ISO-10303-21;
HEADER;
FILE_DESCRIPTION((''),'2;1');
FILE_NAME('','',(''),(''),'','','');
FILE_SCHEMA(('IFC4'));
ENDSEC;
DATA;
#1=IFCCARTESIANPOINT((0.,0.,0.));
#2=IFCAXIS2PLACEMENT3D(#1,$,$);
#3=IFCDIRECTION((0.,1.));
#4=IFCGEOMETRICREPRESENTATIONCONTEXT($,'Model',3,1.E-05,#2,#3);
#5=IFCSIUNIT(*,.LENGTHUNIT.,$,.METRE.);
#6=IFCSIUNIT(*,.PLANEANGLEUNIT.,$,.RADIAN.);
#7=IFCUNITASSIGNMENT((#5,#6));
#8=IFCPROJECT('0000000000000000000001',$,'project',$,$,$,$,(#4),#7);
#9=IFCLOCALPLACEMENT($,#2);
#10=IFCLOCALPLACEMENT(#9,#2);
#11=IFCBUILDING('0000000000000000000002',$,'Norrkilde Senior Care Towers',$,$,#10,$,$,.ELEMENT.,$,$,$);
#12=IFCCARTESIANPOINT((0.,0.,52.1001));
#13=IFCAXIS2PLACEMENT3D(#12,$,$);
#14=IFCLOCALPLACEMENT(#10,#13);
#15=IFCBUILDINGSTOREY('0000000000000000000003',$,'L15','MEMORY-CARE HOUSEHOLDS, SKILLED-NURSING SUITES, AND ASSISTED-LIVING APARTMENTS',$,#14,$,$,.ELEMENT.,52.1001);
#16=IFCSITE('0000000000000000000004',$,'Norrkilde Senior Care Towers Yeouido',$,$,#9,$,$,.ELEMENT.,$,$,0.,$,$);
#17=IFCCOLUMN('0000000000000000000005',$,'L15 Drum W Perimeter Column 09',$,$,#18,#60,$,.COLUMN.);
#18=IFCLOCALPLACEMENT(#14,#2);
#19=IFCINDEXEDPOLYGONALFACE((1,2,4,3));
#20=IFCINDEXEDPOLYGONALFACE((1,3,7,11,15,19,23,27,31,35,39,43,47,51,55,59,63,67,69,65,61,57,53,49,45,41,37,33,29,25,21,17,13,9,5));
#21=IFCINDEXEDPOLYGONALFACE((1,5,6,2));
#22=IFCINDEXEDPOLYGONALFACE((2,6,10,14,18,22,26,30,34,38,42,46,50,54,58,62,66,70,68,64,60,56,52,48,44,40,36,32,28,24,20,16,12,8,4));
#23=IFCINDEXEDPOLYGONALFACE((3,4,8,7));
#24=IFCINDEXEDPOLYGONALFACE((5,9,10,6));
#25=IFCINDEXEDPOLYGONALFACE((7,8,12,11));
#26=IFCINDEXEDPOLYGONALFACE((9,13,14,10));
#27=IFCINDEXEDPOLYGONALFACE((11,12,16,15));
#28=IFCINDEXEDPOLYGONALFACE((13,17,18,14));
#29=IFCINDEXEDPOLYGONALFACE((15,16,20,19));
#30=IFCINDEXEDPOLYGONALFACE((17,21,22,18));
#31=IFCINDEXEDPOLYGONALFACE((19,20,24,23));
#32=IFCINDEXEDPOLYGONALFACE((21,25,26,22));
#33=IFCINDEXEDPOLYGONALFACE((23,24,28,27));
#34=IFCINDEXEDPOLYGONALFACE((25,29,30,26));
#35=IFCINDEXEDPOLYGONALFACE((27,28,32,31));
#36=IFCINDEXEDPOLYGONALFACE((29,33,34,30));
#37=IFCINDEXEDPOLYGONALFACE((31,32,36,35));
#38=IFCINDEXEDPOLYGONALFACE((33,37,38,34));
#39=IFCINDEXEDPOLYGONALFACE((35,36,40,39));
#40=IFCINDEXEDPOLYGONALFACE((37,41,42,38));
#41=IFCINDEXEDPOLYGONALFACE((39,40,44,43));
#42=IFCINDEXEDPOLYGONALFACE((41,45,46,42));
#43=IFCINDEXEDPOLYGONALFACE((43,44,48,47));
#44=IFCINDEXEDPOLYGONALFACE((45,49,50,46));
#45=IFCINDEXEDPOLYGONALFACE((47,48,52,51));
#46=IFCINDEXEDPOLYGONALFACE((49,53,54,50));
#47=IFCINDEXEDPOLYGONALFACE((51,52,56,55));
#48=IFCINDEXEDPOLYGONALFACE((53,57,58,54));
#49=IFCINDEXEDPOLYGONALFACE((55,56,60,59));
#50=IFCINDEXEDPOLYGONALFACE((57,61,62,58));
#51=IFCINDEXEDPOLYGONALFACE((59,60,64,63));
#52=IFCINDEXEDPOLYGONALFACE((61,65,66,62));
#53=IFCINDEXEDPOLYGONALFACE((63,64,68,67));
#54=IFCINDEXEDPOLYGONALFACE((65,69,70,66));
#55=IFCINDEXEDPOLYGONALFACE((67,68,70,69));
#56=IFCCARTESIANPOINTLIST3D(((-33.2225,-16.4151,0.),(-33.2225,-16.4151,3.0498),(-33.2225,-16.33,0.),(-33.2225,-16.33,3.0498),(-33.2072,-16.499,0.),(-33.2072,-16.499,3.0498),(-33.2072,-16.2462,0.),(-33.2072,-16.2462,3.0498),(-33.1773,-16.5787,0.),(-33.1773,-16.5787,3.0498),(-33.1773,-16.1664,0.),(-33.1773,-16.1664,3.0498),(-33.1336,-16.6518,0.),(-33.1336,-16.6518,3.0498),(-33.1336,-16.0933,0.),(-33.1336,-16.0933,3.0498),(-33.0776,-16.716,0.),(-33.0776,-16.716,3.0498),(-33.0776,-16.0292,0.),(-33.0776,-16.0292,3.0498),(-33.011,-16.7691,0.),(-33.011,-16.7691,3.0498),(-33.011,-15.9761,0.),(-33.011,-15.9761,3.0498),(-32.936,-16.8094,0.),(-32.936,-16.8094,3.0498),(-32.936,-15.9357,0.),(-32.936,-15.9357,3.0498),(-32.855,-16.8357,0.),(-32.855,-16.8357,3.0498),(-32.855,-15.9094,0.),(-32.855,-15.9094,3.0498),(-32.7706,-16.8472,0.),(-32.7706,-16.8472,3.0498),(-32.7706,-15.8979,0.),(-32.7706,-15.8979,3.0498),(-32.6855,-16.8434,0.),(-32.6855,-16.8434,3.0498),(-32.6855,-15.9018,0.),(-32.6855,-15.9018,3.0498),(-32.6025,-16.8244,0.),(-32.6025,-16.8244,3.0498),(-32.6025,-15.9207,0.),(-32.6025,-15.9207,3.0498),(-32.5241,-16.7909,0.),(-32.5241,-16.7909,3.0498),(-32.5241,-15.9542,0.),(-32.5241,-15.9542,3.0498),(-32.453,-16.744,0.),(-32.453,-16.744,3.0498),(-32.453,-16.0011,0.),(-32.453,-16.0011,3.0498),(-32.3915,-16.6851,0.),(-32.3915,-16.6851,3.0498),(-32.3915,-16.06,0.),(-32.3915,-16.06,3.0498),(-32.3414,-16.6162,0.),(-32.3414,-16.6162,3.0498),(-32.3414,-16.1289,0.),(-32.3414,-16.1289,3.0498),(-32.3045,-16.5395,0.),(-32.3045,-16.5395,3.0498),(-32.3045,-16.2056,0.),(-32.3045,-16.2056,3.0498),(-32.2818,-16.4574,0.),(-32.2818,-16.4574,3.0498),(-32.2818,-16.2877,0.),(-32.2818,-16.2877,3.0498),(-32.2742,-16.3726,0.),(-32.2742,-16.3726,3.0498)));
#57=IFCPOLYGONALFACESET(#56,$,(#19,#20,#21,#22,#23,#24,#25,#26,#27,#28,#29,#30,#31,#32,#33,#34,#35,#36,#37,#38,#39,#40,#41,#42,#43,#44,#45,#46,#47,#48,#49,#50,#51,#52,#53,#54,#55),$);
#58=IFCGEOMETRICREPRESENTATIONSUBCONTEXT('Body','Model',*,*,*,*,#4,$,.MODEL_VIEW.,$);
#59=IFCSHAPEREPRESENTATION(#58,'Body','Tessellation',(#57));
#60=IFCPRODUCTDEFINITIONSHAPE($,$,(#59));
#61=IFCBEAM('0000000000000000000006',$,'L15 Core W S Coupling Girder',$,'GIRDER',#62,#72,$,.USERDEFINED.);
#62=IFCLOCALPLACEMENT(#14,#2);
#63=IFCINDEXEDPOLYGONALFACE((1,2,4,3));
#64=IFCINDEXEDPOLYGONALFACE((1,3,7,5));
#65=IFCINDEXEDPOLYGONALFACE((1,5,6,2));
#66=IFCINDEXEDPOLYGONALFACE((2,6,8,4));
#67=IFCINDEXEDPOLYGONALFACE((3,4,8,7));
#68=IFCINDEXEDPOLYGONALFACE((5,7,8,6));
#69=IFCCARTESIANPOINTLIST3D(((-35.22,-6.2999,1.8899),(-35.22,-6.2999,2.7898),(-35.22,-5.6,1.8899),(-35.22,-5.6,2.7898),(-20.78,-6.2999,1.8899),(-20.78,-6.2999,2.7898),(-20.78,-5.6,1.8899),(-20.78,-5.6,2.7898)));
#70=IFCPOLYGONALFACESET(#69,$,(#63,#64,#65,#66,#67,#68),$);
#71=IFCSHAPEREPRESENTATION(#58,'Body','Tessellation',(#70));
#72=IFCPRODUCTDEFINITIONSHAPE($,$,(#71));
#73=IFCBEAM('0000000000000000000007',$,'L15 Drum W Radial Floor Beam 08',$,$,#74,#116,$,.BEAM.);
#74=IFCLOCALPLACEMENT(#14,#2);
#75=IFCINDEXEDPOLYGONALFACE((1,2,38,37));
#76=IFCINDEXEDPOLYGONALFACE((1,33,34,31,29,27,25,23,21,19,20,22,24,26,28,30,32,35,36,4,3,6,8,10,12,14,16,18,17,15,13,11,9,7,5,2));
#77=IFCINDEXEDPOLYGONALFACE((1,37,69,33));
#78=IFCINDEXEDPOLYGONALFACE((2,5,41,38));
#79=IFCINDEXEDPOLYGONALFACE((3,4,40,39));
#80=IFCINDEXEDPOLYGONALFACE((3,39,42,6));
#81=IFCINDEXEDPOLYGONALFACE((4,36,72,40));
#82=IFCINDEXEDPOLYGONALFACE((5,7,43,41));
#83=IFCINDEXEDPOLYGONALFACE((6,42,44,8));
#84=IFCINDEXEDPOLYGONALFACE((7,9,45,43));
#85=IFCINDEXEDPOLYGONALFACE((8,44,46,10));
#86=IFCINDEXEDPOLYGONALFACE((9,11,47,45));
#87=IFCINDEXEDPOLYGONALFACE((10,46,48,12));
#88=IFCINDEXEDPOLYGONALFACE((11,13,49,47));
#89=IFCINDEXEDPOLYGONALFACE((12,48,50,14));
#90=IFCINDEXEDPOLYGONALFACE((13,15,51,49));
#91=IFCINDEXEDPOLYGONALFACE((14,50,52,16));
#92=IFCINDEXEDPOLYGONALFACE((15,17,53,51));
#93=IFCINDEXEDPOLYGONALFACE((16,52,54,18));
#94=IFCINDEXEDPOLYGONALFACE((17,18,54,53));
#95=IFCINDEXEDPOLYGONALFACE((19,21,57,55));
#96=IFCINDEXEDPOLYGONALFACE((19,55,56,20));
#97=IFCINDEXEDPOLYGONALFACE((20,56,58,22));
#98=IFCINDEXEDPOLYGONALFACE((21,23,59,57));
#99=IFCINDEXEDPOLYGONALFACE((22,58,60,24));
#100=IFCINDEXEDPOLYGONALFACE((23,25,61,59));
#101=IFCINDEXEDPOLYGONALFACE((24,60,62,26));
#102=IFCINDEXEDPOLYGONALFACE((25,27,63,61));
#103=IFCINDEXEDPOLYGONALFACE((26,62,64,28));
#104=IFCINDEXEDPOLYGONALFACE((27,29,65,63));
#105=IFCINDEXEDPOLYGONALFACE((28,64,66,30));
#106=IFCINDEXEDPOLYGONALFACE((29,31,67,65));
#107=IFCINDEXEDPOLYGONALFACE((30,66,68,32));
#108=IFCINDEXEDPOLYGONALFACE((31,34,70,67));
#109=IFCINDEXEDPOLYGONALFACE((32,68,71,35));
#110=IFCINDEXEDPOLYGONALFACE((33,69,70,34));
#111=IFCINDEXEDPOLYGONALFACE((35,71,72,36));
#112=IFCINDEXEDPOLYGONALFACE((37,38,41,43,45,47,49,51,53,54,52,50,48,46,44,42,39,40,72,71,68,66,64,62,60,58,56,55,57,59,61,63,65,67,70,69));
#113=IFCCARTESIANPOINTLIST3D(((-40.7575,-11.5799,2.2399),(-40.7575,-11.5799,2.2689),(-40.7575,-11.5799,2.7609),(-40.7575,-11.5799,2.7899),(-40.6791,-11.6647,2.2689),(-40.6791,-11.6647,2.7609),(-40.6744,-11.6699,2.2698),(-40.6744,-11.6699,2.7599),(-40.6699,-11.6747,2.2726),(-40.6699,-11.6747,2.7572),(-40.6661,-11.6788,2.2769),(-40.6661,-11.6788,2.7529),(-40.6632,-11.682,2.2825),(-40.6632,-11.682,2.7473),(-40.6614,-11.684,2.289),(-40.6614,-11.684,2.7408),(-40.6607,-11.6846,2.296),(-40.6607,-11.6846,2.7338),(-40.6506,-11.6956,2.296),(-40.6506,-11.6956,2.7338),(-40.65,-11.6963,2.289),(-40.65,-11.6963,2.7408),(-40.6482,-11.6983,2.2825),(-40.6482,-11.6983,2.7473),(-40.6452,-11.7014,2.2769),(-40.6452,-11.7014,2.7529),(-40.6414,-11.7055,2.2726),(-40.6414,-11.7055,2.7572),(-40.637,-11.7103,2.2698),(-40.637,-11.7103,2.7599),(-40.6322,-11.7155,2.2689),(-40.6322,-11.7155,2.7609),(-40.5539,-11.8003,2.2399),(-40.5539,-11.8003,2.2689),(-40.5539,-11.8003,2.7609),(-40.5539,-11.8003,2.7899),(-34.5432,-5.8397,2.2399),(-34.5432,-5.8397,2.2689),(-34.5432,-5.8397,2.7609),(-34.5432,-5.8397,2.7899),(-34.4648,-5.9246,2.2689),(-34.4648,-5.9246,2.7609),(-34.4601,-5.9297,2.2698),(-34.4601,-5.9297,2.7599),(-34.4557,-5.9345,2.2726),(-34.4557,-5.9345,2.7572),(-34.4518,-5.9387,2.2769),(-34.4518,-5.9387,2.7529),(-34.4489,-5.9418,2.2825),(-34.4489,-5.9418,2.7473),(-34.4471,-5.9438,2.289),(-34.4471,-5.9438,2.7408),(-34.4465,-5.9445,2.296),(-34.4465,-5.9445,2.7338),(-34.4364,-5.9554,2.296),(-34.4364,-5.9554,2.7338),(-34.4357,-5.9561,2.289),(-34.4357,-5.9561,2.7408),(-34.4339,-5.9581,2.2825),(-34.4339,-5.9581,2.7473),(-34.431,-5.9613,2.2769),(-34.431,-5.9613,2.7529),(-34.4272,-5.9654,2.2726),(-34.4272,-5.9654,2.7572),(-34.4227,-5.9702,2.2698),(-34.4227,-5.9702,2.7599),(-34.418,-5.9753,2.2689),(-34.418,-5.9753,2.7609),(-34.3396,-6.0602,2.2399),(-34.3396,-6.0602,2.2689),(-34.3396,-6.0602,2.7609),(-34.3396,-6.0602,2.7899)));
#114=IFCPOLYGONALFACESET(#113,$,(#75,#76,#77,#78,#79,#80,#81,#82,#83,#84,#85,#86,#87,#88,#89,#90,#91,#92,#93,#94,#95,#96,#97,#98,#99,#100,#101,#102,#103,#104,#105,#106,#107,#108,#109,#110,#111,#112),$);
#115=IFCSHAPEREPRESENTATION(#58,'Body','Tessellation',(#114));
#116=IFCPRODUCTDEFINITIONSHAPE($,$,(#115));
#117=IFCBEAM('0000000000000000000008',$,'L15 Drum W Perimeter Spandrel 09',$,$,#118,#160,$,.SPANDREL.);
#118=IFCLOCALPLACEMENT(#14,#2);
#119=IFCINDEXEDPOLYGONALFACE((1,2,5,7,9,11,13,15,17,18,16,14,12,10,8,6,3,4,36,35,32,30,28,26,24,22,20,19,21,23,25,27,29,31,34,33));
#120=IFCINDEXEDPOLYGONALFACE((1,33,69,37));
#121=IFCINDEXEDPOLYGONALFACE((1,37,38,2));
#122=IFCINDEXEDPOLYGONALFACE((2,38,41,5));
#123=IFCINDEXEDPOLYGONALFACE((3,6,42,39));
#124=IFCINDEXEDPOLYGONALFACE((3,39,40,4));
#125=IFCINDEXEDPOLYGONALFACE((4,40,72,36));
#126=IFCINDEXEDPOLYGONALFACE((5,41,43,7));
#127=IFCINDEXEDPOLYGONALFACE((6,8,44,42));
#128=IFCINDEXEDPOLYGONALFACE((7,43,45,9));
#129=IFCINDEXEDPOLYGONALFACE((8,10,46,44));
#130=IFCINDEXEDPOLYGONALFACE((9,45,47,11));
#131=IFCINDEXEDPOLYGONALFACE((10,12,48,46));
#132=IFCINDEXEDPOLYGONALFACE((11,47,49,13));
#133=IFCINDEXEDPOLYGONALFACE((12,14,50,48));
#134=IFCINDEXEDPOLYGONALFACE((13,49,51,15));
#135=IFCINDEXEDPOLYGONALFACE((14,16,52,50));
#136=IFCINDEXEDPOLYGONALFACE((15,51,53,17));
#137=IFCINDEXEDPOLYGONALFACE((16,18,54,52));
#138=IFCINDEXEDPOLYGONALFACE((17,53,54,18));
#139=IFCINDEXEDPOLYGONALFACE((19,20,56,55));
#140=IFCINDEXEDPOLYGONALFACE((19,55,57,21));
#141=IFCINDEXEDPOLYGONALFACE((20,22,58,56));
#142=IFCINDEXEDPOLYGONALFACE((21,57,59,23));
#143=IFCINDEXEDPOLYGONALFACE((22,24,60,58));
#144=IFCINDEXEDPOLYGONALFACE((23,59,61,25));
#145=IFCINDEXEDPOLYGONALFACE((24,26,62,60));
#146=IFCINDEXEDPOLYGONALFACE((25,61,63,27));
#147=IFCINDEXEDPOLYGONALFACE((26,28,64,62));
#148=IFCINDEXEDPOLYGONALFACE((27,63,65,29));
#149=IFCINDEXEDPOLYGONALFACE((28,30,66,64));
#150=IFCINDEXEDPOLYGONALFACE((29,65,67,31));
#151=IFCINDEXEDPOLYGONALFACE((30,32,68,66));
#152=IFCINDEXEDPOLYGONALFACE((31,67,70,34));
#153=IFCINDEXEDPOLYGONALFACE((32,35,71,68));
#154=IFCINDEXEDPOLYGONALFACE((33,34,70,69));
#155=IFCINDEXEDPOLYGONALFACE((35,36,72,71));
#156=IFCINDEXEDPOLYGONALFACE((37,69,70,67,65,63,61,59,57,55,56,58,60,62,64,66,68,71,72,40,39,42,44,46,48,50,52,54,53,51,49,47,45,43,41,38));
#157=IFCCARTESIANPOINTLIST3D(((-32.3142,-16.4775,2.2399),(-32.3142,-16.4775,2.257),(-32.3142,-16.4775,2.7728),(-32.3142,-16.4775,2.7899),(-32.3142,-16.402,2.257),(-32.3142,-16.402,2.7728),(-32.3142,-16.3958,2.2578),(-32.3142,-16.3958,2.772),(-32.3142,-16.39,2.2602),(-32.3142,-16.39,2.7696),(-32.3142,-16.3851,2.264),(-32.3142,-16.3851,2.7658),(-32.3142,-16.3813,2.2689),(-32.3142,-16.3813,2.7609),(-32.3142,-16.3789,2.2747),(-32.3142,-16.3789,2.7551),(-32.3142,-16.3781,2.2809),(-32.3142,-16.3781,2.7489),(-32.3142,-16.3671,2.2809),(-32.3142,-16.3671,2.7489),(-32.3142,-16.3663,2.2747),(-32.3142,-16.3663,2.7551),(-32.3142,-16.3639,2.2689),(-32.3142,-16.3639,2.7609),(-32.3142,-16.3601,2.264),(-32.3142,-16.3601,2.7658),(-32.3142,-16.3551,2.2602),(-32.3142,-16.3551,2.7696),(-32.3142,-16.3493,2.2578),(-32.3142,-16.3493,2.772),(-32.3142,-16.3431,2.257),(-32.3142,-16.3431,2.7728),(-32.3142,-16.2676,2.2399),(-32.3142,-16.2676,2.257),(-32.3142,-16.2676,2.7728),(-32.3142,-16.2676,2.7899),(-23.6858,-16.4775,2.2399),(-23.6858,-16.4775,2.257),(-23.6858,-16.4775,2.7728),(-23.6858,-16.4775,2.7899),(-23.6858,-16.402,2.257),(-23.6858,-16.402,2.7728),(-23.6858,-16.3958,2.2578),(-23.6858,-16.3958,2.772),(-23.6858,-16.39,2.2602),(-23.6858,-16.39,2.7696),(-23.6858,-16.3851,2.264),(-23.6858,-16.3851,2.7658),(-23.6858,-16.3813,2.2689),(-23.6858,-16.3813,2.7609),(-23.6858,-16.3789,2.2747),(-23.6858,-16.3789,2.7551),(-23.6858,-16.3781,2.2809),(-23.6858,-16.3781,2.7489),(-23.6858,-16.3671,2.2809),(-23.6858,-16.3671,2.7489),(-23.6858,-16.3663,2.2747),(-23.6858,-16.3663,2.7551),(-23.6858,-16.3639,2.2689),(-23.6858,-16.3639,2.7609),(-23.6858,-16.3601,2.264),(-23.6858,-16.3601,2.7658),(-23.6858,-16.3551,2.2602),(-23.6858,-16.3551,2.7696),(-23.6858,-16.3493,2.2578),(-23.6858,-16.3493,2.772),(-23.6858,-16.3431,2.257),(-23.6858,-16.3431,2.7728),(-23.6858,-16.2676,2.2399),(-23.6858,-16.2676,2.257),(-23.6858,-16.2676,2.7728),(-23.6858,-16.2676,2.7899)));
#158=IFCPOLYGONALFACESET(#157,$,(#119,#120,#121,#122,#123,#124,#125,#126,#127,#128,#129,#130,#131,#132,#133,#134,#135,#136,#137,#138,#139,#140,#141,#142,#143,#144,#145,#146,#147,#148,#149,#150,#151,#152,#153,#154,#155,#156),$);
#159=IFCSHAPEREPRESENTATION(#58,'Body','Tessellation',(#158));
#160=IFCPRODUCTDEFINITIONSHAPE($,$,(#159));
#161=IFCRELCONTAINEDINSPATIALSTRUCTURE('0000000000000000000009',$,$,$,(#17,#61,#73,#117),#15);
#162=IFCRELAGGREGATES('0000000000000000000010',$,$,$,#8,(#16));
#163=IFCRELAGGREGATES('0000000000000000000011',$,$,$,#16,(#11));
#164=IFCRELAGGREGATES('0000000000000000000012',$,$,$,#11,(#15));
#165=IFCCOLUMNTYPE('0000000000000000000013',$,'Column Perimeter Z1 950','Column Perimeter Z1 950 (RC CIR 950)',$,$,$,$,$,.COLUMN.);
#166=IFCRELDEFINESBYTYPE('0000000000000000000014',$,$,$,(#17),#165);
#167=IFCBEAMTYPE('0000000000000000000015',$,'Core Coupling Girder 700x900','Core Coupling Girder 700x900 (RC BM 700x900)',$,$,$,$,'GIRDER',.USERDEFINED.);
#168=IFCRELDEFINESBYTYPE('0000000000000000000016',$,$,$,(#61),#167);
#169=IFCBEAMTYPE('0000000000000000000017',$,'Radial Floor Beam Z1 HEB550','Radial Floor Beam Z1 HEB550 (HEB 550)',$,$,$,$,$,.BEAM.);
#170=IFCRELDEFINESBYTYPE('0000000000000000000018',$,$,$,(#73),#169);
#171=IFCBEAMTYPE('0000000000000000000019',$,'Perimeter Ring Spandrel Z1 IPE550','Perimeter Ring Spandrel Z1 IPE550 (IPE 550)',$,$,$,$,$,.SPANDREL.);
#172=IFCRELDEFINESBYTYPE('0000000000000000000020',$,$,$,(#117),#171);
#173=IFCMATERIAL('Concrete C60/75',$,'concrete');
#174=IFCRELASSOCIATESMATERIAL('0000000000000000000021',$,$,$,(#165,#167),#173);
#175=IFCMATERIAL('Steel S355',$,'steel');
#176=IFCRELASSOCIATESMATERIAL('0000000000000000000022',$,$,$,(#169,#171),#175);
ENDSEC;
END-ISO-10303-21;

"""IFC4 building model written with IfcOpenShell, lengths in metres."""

from ifc_helpers import new_model, si_unit, direction, frame, origin, origin_2d, place, context, subcontext, project, spatial, rectangle, circle, i_section, extrude, source, transform, mapped, material, material_profile, profile_set, type_object, type_shapes, element, save


model = new_model("IFC4")

# Units and contexts
model_context = context("Model", 3, precision=1e-05, world=origin(), true_north=direction((0.0, 1.0)))
body_context = subcontext(model_context, "Body", "Model", "MODEL_VIEW")
ifc_project = project(units=[si_unit("LENGTHUNIT", "METRE"), si_unit("PLANEANGLEUNIT", "RADIAN")], contexts=[model_context])

# Site, building, storey
site_placement = place(None, origin())
site = spatial("IfcSite", under=ifc_project, at=site_placement, Name="Norrkilde Senior Care Towers Yeouido", CompositionType="ELEMENT", RefElevation=0.0)
building_placement = place(site_placement, origin())
building = spatial("IfcBuilding", under=site, at=building_placement, Name="Norrkilde Senior Care Towers", CompositionType="ELEMENT")
storey_placement = place(building_placement, frame((0.0, 0.0, 52.1001)))
storey = spatial("IfcBuildingStorey", under=building, at=storey_placement, Name="L15", Description="MEMORY-CARE HOUSEHOLDS, SKILLED-NURSING SUITES, AND ASSISTED-LIVING APARTMENTS", CompositionType="ELEMENT", Elevation=52.1001)

# Column
ifc_material_1 = material(Name="Concrete C60/75", Category="concrete")
ifc_material_profile_1 = material_profile(ifc_material_1, circle(Radius=0.4751, at=origin_2d()), Name="RC CIR 950")
ifc_profile_set_1 = profile_set([ifc_material_profile_1], Name="Concrete C60/75")
column_type = type_object("IfcColumnType", Name="Column Perimeter Z1 950", Description="Column Perimeter Z1 950 (RC CIR 950)", PredefinedType="COLUMN", material=ifc_profile_set_1)
shared_shape_1 = source(origin(), body_context, "Body", "SweptSolid", [
    extrude(circle(Radius=0.4751, at=origin_2d()), origin(), (0.0, 0.0, 1.0), 3.0498),
])
type_shapes(column_type, [shared_shape_1])
column_placement = place(storey_placement, frame((-32.7493, -16.3726, 0.0), z_axis=(0.0, 0.0, 1.0), x_axis=(1.0, 0.0, 0.0)))
element("IfcColumn", 1, at=column_placement, inside=storey, type_object=column_type, Name="L15 Drum W Perimeter Column 09", PredefinedType="COLUMN", context=body_context, shape_type="MappedRepresentation", body=[
    mapped(shared_shape_1, transform((0.0, 0.0, 0.0), x_axis=(1.0, 0.0, 0.0), y_axis=(0.0, 1.0, 0.0), z_axis=(0.0, 0.0, 1.0), scale=1.0)),
])

# Beams
ifc_material_profile_2 = material_profile(ifc_material_1, rectangle(XDim=0.7, YDim=0.8999, at=origin_2d()), Name="RC BM 700x900")
ifc_profile_set_2 = profile_set([ifc_material_profile_2], Name="Concrete C60/75")
beam_type_1 = type_object("IfcBeamType", Name="Core Coupling Girder 700x900", Description="Core Coupling Girder 700x900 (RC BM 700x900)", ElementType="GIRDER", PredefinedType="USERDEFINED", material=ifc_profile_set_2)
shared_shape_2 = source(origin(), body_context, "Body", "SweptSolid", [
    extrude(rectangle(XDim=0.7, YDim=0.8999, at=origin_2d()), origin(), (0.0, 0.0, 1.0), 14.4399),
])
type_shapes(beam_type_1, [shared_shape_2])
beam_1_placement = place(storey_placement, frame((-35.22, -5.95, 2.3398), z_axis=(1.0, 0.0, 0.0), x_axis=(0.0, 1.0, 0.0)))
element("IfcBeam", 2, at=beam_1_placement, inside=storey, type_object=beam_type_1, Name="L15 Core W S Coupling Girder", ObjectType="GIRDER", PredefinedType="USERDEFINED", context=body_context, shape_type="MappedRepresentation", body=[
    mapped(shared_shape_2, transform((0.0, 0.0, 0.0), x_axis=(1.0, 0.0, 0.0), y_axis=(0.0, 1.0, 0.0), z_axis=(0.0, 0.0, 1.0), scale=1.0)),
])
ifc_material_2 = material(Name="Steel S355", Category="steel")
ifc_material_profile_3 = material_profile(ifc_material_2, i_section(OverallWidth=0.3, OverallDepth=0.55, WebThickness=0.0149, FlangeThickness=0.0291, FilletRadius=0.0271, at=origin_2d()), Name="HEB 550")
ifc_profile_set_3 = profile_set([ifc_material_profile_3], Name="Steel S355")
beam_type_2 = type_object("IfcBeamType", Name="Radial Floor Beam Z1 HEB550", Description="Radial Floor Beam Z1 HEB550 (HEB 550)", PredefinedType="BEAM", material=ifc_profile_set_3)
shared_shape_3 = source(origin(), body_context, "Body", "SweptSolid", [
    extrude(i_section(OverallWidth=0.3, OverallDepth=0.55, WebThickness=0.0149, FlangeThickness=0.0291, FilletRadius=0.0271, at=origin_2d()), origin(), (0.0, 0.0, 1.0), 8.4597),
])
beam_2_placement = place(storey_placement, frame((-34.4414, -5.95, 2.5149), z_axis=(-0.734573, -0.678529, 0.0), x_axis=(0.678529, -0.734573, 0.0)))
element("IfcBeam", 3, at=beam_2_placement, inside=storey, type_object=beam_type_2, Name="L15 Drum W Radial Floor Beam 08", PredefinedType="BEAM", context=body_context, shape_type="MappedRepresentation", body=[
    mapped(shared_shape_3, transform((0.0, 0.0, 0.0), x_axis=(1.0, 0.0, 0.0), y_axis=(0.0, 1.0, 0.0), z_axis=(0.0, 0.0, 1.0), scale=1.0)),
])
ifc_material_profile_4 = material_profile(ifc_material_2, i_section(OverallWidth=0.21, OverallDepth=0.55, WebThickness=0.011, FlangeThickness=0.0171, FilletRadius=0.0239, at=origin_2d()), Name="IPE 550")
ifc_profile_set_4 = profile_set([ifc_material_profile_4], Name="Steel S355")
beam_type_3 = type_object("IfcBeamType", Name="Perimeter Ring Spandrel Z1 IPE550", Description="Perimeter Ring Spandrel Z1 IPE550 (IPE 550)", PredefinedType="SPANDREL", material=ifc_profile_set_4)
shared_shape_4 = source(origin(), body_context, "Body", "SweptSolid", [
    extrude(i_section(OverallWidth=0.21, OverallDepth=0.55, WebThickness=0.011, FlangeThickness=0.0171, FilletRadius=0.0239, at=origin_2d()), origin(), (0.0, 0.0, 1.0), 8.6284),
])
type_shapes(beam_type_3, [shared_shape_4])
beam_3_placement = place(storey_placement, frame((-32.3142, -16.3726, 2.5149), z_axis=(1.0, 0.0, 0.0), x_axis=(0.0, 1.0, 0.0)))
element("IfcBeam", 4, at=beam_3_placement, inside=storey, type_object=beam_type_3, Name="L15 Drum W Perimeter Spandrel 09", PredefinedType="SPANDREL", context=body_context, shape_type="MappedRepresentation", body=[
    mapped(shared_shape_4, transform((0.0, 0.0, 0.0), x_axis=(1.0, 0.0, 0.0), y_axis=(0.0, 1.0, 0.0), z_axis=(0.0, 0.0, 1.0), scale=1.0)),
])

save(model, "model.ifc")
